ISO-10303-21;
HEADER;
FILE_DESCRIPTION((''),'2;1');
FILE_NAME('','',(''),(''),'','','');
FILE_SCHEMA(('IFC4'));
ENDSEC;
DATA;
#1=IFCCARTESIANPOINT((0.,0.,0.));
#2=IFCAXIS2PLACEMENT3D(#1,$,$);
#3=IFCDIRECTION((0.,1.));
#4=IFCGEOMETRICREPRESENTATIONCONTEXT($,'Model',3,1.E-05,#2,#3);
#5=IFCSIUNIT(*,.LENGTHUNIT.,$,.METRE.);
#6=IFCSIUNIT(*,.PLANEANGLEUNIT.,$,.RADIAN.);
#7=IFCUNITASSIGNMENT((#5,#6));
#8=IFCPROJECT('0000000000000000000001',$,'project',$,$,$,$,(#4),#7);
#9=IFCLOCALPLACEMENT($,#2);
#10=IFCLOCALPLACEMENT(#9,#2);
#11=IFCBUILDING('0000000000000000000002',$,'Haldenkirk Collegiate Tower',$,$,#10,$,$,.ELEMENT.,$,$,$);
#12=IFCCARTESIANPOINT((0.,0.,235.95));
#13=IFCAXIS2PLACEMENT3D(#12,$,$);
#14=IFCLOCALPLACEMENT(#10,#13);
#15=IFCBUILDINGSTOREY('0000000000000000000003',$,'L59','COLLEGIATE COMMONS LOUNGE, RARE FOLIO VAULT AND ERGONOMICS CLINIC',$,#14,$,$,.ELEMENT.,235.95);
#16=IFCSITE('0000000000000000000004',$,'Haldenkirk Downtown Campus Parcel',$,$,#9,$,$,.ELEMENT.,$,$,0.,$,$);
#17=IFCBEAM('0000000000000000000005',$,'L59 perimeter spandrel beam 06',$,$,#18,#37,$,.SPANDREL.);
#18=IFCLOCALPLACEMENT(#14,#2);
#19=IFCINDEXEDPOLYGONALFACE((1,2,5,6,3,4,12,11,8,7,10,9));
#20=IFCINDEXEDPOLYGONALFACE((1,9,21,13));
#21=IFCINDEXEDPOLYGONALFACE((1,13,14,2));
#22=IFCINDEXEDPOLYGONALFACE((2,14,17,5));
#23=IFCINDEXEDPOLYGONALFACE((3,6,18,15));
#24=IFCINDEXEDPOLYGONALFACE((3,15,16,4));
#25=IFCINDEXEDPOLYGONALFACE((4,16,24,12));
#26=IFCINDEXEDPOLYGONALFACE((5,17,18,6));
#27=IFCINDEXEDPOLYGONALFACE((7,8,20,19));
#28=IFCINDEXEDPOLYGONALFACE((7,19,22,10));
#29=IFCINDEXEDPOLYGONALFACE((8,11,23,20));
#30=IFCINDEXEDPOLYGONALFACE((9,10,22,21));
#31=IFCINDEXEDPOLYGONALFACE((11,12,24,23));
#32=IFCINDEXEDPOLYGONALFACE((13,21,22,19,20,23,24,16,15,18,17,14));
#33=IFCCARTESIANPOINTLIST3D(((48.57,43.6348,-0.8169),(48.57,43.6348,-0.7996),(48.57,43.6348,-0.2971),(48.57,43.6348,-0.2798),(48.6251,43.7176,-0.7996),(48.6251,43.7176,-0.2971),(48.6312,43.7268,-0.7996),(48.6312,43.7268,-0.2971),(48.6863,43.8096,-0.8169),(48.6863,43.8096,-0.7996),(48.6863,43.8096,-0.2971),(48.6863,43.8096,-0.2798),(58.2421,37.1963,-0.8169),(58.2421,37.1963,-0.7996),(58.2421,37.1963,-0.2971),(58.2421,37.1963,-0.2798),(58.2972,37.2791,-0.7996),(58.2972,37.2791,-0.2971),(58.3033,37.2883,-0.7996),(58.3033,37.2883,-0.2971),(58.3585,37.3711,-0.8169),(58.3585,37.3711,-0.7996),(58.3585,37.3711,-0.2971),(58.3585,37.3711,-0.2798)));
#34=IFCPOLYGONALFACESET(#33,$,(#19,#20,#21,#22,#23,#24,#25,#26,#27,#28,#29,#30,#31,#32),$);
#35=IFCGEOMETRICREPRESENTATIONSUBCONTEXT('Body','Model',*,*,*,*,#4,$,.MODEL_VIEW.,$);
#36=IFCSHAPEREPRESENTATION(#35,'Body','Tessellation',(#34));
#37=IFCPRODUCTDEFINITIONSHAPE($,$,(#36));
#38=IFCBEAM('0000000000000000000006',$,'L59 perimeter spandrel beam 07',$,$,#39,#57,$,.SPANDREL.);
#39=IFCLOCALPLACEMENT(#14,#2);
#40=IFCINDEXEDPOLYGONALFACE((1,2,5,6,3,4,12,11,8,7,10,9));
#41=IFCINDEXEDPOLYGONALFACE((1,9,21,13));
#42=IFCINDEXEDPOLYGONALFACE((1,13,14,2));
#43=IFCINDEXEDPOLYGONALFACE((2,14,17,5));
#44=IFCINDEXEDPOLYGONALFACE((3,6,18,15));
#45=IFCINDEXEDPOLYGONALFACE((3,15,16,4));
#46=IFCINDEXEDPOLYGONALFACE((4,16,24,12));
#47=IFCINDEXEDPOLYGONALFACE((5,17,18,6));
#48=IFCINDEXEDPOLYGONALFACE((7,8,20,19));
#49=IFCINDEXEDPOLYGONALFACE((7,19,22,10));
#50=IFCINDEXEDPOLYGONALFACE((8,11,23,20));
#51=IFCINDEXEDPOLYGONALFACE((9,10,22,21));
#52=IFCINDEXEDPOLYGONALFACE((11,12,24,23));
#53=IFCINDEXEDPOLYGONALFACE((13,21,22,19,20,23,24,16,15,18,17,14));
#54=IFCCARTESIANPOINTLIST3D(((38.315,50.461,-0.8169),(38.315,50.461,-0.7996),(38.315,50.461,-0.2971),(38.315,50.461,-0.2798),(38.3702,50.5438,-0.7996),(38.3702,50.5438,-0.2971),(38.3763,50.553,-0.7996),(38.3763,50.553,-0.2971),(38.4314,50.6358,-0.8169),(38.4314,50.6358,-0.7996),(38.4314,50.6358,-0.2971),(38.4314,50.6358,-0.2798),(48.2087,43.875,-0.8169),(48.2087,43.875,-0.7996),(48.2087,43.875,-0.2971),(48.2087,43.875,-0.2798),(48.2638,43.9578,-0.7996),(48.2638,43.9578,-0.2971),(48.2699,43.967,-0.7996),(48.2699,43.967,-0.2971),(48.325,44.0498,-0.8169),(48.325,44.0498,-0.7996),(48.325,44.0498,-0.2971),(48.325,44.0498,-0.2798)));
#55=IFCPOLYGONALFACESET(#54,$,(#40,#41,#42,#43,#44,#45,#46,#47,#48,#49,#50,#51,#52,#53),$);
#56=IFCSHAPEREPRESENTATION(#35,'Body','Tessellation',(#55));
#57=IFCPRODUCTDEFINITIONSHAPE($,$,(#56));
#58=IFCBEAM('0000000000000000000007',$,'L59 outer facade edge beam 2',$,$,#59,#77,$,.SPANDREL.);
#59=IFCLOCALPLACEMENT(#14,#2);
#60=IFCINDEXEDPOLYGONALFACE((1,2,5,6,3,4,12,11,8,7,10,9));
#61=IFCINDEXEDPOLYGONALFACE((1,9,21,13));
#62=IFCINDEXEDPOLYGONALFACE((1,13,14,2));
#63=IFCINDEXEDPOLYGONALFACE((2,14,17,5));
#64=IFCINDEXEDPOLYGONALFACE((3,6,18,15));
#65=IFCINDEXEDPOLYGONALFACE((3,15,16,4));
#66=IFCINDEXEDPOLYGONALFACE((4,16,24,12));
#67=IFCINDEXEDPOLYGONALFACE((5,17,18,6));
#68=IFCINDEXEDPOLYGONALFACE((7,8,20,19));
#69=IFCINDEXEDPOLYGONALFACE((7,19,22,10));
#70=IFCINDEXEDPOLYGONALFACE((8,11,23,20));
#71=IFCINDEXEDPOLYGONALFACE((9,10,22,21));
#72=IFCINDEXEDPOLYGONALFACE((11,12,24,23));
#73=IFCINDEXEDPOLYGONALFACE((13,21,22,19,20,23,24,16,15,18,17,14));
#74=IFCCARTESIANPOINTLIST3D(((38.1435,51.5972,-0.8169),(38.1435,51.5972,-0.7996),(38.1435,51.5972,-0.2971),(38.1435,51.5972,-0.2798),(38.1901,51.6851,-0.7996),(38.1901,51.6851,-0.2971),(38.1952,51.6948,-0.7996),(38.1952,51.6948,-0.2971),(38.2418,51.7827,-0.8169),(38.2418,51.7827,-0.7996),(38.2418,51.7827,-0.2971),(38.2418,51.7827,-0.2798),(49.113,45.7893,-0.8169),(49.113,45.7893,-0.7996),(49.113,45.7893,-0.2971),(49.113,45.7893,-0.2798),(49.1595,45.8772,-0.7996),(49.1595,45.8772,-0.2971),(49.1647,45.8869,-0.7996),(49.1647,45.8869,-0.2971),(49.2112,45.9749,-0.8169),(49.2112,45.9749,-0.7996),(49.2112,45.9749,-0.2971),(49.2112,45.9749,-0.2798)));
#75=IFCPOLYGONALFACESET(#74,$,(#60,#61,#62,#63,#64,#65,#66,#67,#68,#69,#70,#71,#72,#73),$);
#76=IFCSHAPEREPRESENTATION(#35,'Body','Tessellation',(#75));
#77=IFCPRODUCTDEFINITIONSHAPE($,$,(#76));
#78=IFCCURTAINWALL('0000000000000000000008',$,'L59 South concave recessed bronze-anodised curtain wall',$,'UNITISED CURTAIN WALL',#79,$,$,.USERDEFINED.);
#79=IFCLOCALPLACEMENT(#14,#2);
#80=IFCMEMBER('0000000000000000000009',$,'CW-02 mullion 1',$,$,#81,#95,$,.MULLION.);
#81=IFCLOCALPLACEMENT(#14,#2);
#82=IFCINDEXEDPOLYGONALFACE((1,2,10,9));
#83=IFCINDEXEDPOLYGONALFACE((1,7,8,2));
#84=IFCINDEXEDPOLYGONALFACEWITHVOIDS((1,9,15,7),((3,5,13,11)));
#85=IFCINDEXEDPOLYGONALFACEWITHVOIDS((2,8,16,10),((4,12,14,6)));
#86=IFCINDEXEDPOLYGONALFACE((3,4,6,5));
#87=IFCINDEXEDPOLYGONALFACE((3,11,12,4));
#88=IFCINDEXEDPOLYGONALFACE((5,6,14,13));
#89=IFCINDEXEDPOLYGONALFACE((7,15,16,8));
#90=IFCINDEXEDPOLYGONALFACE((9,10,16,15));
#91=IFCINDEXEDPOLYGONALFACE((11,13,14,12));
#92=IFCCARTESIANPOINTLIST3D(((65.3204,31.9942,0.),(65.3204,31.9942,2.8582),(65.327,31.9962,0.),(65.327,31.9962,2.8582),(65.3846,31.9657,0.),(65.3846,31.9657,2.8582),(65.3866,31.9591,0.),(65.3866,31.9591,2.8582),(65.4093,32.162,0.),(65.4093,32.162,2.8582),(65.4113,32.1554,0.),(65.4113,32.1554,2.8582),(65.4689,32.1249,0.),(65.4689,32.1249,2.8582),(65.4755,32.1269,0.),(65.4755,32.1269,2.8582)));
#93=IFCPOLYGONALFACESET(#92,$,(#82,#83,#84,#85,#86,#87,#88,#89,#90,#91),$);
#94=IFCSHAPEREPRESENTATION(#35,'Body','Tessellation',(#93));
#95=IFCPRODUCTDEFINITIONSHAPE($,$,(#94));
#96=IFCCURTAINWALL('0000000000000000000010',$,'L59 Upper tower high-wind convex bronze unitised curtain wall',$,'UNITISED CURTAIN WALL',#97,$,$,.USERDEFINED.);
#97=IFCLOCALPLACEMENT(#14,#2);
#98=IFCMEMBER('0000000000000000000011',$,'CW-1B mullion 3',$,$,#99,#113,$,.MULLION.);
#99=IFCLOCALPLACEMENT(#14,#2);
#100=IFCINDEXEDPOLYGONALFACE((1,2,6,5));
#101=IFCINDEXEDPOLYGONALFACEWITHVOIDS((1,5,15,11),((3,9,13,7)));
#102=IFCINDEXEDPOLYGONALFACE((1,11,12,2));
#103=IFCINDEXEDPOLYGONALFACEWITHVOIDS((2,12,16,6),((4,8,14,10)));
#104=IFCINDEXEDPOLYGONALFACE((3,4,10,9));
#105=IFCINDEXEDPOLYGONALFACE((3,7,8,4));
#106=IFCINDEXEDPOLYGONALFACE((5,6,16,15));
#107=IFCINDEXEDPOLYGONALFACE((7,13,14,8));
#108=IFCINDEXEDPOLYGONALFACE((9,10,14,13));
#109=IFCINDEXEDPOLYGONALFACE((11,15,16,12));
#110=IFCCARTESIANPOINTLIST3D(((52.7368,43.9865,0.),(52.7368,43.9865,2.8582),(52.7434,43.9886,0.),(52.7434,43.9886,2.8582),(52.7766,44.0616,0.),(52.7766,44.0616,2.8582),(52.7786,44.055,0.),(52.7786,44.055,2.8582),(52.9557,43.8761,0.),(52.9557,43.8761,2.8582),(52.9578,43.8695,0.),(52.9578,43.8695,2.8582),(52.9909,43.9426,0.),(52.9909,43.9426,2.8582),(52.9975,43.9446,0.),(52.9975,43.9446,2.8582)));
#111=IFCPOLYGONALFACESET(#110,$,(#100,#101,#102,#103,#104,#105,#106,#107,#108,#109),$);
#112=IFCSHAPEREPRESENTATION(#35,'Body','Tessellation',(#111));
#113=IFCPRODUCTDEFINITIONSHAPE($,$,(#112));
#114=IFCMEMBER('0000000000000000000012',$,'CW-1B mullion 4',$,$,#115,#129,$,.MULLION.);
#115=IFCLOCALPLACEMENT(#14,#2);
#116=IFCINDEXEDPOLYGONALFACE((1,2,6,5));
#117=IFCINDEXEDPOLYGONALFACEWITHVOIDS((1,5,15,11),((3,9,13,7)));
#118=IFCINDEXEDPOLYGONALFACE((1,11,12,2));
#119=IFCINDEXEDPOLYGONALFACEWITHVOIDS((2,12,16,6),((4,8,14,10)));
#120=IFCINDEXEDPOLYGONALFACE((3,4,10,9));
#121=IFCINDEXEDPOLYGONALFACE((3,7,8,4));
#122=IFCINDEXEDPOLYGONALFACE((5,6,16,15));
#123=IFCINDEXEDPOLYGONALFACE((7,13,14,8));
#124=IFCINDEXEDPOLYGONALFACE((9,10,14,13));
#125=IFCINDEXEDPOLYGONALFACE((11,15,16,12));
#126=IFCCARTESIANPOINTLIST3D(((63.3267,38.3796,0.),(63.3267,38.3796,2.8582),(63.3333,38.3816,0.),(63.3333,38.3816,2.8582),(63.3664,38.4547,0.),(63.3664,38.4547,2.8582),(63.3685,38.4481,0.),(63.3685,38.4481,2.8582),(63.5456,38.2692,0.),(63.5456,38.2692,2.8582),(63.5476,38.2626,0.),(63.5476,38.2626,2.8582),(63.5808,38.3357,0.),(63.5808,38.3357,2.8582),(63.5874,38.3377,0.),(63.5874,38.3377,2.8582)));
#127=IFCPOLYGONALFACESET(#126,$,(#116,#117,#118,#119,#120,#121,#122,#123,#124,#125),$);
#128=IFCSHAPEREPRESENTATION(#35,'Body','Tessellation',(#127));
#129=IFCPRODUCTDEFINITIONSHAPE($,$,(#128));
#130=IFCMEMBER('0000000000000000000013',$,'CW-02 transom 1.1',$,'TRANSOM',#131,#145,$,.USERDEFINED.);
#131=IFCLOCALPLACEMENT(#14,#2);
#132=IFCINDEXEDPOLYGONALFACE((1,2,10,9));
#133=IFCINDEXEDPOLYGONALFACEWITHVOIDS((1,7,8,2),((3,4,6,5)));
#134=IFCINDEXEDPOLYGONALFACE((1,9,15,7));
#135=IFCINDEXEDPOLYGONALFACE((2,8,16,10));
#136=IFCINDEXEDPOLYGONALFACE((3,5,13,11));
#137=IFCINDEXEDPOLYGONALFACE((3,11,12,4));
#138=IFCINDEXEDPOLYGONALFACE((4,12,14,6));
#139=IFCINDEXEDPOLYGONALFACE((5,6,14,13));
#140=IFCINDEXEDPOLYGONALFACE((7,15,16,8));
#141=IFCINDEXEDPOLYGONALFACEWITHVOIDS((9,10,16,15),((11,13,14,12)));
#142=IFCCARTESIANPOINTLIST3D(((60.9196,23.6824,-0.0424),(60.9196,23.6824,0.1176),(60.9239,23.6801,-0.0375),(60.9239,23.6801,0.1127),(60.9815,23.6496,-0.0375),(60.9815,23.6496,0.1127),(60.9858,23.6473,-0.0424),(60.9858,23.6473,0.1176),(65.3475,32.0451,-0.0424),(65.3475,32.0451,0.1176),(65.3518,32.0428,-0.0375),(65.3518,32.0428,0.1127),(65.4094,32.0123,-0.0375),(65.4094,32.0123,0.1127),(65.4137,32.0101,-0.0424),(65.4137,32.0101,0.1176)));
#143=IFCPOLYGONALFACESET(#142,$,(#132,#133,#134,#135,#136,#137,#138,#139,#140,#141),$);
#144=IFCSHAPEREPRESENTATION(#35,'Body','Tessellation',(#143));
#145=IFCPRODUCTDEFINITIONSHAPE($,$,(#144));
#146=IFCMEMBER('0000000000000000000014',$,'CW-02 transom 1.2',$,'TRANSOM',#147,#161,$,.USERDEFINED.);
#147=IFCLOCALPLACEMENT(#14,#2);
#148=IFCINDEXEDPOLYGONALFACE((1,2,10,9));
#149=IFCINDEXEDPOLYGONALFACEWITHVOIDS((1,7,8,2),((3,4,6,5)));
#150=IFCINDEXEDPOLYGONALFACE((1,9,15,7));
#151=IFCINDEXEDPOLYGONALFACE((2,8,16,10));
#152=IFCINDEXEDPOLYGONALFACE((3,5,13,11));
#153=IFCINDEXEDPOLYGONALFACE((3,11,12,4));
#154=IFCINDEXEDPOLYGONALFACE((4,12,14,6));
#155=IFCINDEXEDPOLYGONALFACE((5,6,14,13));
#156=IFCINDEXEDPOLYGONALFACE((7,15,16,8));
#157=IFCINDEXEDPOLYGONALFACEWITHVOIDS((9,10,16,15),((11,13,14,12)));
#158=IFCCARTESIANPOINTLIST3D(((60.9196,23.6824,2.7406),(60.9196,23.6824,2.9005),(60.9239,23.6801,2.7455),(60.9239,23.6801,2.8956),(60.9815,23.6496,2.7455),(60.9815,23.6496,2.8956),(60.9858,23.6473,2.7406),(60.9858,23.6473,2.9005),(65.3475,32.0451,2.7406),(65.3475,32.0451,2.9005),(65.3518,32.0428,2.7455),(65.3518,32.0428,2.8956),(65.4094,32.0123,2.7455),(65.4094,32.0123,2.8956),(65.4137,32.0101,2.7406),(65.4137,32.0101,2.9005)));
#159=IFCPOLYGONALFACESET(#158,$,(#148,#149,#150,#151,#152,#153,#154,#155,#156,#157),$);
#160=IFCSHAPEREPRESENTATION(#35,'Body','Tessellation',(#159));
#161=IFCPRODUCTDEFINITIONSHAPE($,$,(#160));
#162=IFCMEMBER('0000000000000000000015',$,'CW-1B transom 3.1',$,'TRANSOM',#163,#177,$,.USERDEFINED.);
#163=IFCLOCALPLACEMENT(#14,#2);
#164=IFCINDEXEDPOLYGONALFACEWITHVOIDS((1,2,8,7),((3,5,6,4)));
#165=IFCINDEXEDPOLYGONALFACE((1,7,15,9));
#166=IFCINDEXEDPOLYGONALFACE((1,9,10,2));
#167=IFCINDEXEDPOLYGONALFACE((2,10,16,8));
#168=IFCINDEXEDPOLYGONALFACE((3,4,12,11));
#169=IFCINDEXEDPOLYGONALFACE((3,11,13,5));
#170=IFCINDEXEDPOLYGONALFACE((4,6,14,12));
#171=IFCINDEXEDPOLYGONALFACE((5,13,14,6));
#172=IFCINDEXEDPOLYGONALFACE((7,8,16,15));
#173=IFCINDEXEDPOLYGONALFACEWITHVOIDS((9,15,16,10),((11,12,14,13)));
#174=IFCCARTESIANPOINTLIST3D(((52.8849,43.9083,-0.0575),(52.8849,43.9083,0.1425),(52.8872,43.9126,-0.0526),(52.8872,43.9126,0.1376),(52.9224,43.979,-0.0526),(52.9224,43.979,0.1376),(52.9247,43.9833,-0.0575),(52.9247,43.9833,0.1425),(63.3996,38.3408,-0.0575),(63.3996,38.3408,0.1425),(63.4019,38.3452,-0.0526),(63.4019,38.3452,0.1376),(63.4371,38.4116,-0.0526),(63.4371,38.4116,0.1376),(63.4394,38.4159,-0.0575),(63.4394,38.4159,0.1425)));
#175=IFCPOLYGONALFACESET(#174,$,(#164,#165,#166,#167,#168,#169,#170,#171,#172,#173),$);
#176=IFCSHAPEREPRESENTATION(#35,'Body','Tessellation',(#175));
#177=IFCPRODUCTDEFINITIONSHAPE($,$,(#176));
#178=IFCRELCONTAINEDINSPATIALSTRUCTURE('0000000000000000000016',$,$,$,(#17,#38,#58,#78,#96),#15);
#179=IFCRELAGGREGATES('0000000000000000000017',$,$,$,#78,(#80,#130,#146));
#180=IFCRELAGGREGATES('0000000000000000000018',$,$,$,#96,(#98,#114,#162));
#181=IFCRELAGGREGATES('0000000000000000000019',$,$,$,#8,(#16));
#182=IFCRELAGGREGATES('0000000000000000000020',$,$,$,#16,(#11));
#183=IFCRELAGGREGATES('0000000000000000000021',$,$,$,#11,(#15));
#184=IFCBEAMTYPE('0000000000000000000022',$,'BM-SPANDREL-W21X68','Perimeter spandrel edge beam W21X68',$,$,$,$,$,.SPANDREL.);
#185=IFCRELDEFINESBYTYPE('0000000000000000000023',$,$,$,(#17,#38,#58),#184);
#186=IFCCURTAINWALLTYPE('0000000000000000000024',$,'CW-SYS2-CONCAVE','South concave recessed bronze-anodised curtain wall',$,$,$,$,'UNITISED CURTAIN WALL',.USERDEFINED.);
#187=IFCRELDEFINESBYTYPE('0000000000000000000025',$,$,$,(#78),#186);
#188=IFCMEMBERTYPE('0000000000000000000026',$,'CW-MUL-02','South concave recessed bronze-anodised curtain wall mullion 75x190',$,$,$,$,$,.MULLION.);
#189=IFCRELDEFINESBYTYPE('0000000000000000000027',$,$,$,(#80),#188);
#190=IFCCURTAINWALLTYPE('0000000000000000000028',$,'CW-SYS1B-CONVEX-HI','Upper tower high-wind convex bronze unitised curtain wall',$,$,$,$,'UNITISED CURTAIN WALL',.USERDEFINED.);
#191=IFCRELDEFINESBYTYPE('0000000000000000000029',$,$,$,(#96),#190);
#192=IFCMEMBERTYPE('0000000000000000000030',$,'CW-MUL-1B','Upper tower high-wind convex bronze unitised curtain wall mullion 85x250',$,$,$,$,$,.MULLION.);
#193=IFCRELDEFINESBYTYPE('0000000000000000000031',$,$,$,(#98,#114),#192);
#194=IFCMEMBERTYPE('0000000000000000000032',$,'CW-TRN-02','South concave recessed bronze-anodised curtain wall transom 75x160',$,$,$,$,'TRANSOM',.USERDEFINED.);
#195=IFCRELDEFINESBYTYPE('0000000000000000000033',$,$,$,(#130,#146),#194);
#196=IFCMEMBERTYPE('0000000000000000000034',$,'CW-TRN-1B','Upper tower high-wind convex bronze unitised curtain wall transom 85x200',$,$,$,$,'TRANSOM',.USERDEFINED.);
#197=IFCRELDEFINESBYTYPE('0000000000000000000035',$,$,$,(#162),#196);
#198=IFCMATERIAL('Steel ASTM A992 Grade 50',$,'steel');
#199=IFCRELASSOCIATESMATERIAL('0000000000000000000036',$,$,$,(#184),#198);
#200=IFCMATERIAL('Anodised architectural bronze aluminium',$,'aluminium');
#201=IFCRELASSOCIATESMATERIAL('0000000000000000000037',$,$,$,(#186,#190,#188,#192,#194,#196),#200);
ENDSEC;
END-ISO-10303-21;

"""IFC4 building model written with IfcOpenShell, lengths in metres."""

from ifc_helpers import new_model, si_unit, direction, frame, origin, origin_2d, place, context, subcontext, project, spatial, hollow_rectangle, i_section, extrude, material, material_profile, profile_set, type_object, element, aggregate, save


model = new_model("IFC4")

# Units and contexts
model_context = context("Model", 3, precision=1e-05, world=origin(), true_north=direction((0.0, 1.0)))
body_context = subcontext(model_context, "Body", "Model", "MODEL_VIEW")
ifc_project = project(units=[si_unit("LENGTHUNIT", "METRE"), si_unit("PLANEANGLEUNIT", "RADIAN")], contexts=[model_context])

# Site, building, storey
site_placement = place(None, origin())
site = spatial("IfcSite", under=ifc_project, at=site_placement, Name="Haldenkirk Downtown Campus Parcel", CompositionType="ELEMENT", RefElevation=0.0)
building_placement = place(site_placement, origin())
building = spatial("IfcBuilding", under=site, at=building_placement, Name="Haldenkirk Collegiate Tower", CompositionType="ELEMENT")
storey_placement = place(building_placement, frame((0.0, 0.0, 235.95)))
storey = spatial("IfcBuildingStorey", under=building, at=storey_placement, Name="L59", Description="COLLEGIATE COMMONS LOUNGE, RARE FOLIO VAULT AND ERGONOMICS CLINIC", CompositionType="ELEMENT", Elevation=235.95)

# Beams
ifc_material_1 = material(Name="Steel ASTM A992 Grade 50", Category="steel")
ifc_material_profile_1 = material_profile(ifc_material_1, i_section(OverallWidth=0.21, OverallDepth=0.5371, WebThickness=0.011, FlangeThickness=0.0173, at=origin_2d()), Name="W21X68")
ifc_profile_set_1 = profile_set([ifc_material_profile_1], Name="Steel ASTM A992 Grade 50")
beam_type_1 = type_object("IfcBeamType", Name="BM-SPANDREL-W21X68", Description="Perimeter spandrel edge beam W21X68", PredefinedType="SPANDREL", material=ifc_profile_set_1)
beam_1_placement = place(storey_placement, frame((58.3003, 37.2837, -0.5483), z_axis=(-0.832432, 0.554128, 0.0), x_axis=(-0.554128, -0.832432, 0.0)))
element("IfcBeam", 1, at=beam_1_placement, inside=storey, type_object=beam_type_1, Name="L59 perimeter spandrel beam 06", PredefinedType="SPANDREL", context=body_context, shape_type="SweptSolid", body=[
    extrude(i_section(OverallWidth=0.21, OverallDepth=0.5371, WebThickness=0.011, FlangeThickness=0.0173, at=origin_2d()), origin(), (0.0, 0.0, 1.0), 11.6191),
])
beam_2_placement = place(storey_placement, frame((48.2668, 43.9624, -0.5483), z_axis=(-0.832429, 0.554131, 0.0), x_axis=(-0.554131, -0.832429, 0.0)))
element("IfcBeam", 2, at=beam_2_placement, inside=storey, type_object=beam_type_1, Name="L59 perimeter spandrel beam 07", PredefinedType="SPANDREL", context=body_context, shape_type="SweptSolid", body=[
    extrude(i_section(OverallWidth=0.21, OverallDepth=0.5371, WebThickness=0.011, FlangeThickness=0.0173, at=origin_2d()), origin(), (0.0, 0.0, 1.0), 11.8853),
])
beam_3_placement = place(storey_placement, frame((49.1621, 45.8821, -0.5483), z_axis=(-0.883772, 0.467918, 0.0), x_axis=(-0.467918, -0.883772, 0.0)))
element("IfcBeam", 3, at=beam_3_placement, inside=storey, type_object=beam_type_1, Name="L59 outer facade edge beam 2", PredefinedType="SPANDREL", context=body_context, shape_type="SweptSolid", body=[
    extrude(i_section(OverallWidth=0.21, OverallDepth=0.5371, WebThickness=0.011, FlangeThickness=0.0173, at=origin_2d()), origin(), (0.0, 0.0, 1.0), 12.4121),
])

# Curtain wall, member
ifc_material_2 = material(Name="Anodised architectural bronze aluminium", Category="aluminium")
curtain_wall_type_1 = type_object("IfcCurtainWallType", Name="CW-SYS2-CONCAVE", Description="South concave recessed bronze-anodised curtain wall", ElementType="UNITISED CURTAIN WALL", PredefinedType="USERDEFINED", material=ifc_material_2)
curtain_wall_1_placement = place(storey_placement, origin())
curtain_wall_1 = element("IfcCurtainWall", 4, at=curtain_wall_1_placement, inside=storey, type_object=curtain_wall_type_1, Name="L59 South concave recessed bronze-anodised curtain wall", ObjectType="UNITISED CURTAIN WALL", PredefinedType="USERDEFINED")
ifc_material_profile_2 = material_profile(ifc_material_2, hollow_rectangle(XDim=0.075, YDim=0.1899, WallThickness=0.0049, at=origin_2d()), Name="CW-MUL-02")
ifc_profile_set_2 = profile_set([ifc_material_profile_2], Name="Anodised architectural bronze aluminium")
member_type_1 = type_object("IfcMemberType", Name="CW-MUL-02", Description="South concave recessed bronze-anodised curtain wall mullion 75x190", PredefinedType="MULLION", material=ifc_profile_set_2)
member_1_placement = place(storey_placement, frame((65.3979, 32.0605, 0.0), z_axis=(0.0, 0.0, 1.0), x_axis=(0.883765, -0.467932, 0.0)))
member_1 = element("IfcMember", 5, at=member_1_placement, type_object=member_type_1, Name="CW-02 mullion 1", PredefinedType="MULLION", context=body_context, shape_type="SweptSolid", body=[
    extrude(hollow_rectangle(XDim=0.075, YDim=0.1899, WallThickness=0.0049, at=origin_2d()), origin(), (0.0, 0.0, 1.0), 2.8582),
])

# Curtain wall, members
curtain_wall_type_2 = type_object("IfcCurtainWallType", Name="CW-SYS1B-CONVEX-HI", Description="Upper tower high-wind convex bronze unitised curtain wall", ElementType="UNITISED CURTAIN WALL", PredefinedType="USERDEFINED", material=ifc_material_2)
curtain_wall_2_placement = place(storey_placement, origin())
curtain_wall_2 = element("IfcCurtainWall", 6, at=curtain_wall_2_placement, inside=storey, type_object=curtain_wall_type_2, Name="L59 Upper tower high-wind convex bronze unitised curtain wall", ObjectType="UNITISED CURTAIN WALL", PredefinedType="USERDEFINED")
ifc_material_profile_3 = material_profile(ifc_material_2, hollow_rectangle(XDim=0.085, YDim=0.25, WallThickness=0.0049, at=origin_2d()), Name="CW-MUL-1B")
ifc_profile_set_3 = profile_set([ifc_material_profile_3], Name="Anodised architectural bronze aluminium")
member_type_2 = type_object("IfcMemberType", Name="CW-MUL-1B", Description="Upper tower high-wind convex bronze unitised curtain wall mullion 85x250", PredefinedType="MULLION", material=ifc_profile_set_3)
member_2_placement = place(storey_placement, frame((52.8672, 43.9656, 0.0), z_axis=(0.0, 0.0, 1.0), x_axis=(0.46793, 0.883766, 0.0)))
member_2 = element("IfcMember", 7, at=member_2_placement, type_object=member_type_2, Name="CW-1B mullion 3", PredefinedType="MULLION", context=body_context, shape_type="SweptSolid", body=[
    extrude(hollow_rectangle(XDim=0.085, YDim=0.25, WallThickness=0.0049, at=origin_2d()), origin(), (0.0, 0.0, 1.0), 2.8582),
])
member_3_placement = place(storey_placement, frame((63.457, 38.3586, 0.0), z_axis=(0.0, 0.0, 1.0), x_axis=(0.46793, 0.883766, 0.0)))
member_3 = element("IfcMember", 8, at=member_3_placement, type_object=member_type_2, Name="CW-1B mullion 4", PredefinedType="MULLION", context=body_context, shape_type="SweptSolid", body=[
    extrude(hollow_rectangle(XDim=0.085, YDim=0.25, WallThickness=0.0049, at=origin_2d()), origin(), (0.0, 0.0, 1.0), 2.8582),
])

# Members
ifc_material_profile_4 = material_profile(ifc_material_2, hollow_rectangle(XDim=0.075, YDim=0.1599, WallThickness=0.0049, at=origin_2d()), Name="CW-TRN-02")
ifc_profile_set_4 = profile_set([ifc_material_profile_4], Name="Anodised architectural bronze aluminium")
member_type_3 = type_object("IfcMemberType", Name="CW-TRN-02", Description="South concave recessed bronze-anodised curtain wall transom 75x160", ElementType="TRANSOM", PredefinedType="USERDEFINED", material=ifc_profile_set_4)
member_4_placement = place(storey_placement, frame((65.3806, 32.0276, 0.0376), z_axis=(-0.467939, -0.883761, 0.0), x_axis=(0.883761, -0.467939, 0.0)))
member_4 = element("IfcMember", 9, at=member_4_placement, type_object=member_type_3, Name="CW-02 transom 1.1", ObjectType="TRANSOM", PredefinedType="USERDEFINED", context=body_context, shape_type="SweptSolid", body=[
    extrude(hollow_rectangle(XDim=0.075, YDim=0.1599, WallThickness=0.0049, at=origin_2d()), origin(), (0.0, 0.0, 1.0), 9.4626),
])
member_5_placement = place(storey_placement, frame((65.3806, 32.0276, 2.8206), z_axis=(-0.467939, -0.883761, 0.0), x_axis=(0.883761, -0.467939, 0.0)))
member_5 = element("IfcMember", 10, at=member_5_placement, type_object=member_type_3, Name="CW-02 transom 1.2", ObjectType="TRANSOM", PredefinedType="USERDEFINED", context=body_context, shape_type="SweptSolid", body=[
    extrude(hollow_rectangle(XDim=0.075, YDim=0.1599, WallThickness=0.0049, at=origin_2d()), origin(), (0.0, 0.0, 1.0), 9.4626),
])
ifc_material_profile_5 = material_profile(ifc_material_2, hollow_rectangle(XDim=0.085, YDim=0.2, WallThickness=0.0049, at=origin_2d()), Name="CW-TRN-1B")
ifc_profile_set_5 = profile_set([ifc_material_profile_5], Name="Anodised architectural bronze aluminium")
member_type_4 = type_object("IfcMemberType", Name="CW-TRN-1B", Description="Upper tower high-wind convex bronze unitised curtain wall transom 85x200", ElementType="TRANSOM", PredefinedType="USERDEFINED", material=ifc_profile_set_5)
member_6_placement = place(storey_placement, frame((52.9048, 43.9458, 0.0425), z_axis=(0.88376, -0.467941, 0.0), x_axis=(0.467941, 0.88376, 0.0)))
member_6 = element("IfcMember", 11, at=member_6_placement, type_object=member_type_4, Name="CW-1B transom 3.1", ObjectType="TRANSOM", PredefinedType="USERDEFINED", context=body_context, shape_type="SweptSolid", body=[
    extrude(hollow_rectangle(XDim=0.085, YDim=0.2, WallThickness=0.0049, at=origin_2d()), origin(), (0.0, 0.0, 1.0), 11.8977),
])

aggregate(curtain_wall_1, [member_1, member_4, member_5])
aggregate(curtain_wall_2, [member_2, member_3, member_6])

save(model, "model.ifc")
